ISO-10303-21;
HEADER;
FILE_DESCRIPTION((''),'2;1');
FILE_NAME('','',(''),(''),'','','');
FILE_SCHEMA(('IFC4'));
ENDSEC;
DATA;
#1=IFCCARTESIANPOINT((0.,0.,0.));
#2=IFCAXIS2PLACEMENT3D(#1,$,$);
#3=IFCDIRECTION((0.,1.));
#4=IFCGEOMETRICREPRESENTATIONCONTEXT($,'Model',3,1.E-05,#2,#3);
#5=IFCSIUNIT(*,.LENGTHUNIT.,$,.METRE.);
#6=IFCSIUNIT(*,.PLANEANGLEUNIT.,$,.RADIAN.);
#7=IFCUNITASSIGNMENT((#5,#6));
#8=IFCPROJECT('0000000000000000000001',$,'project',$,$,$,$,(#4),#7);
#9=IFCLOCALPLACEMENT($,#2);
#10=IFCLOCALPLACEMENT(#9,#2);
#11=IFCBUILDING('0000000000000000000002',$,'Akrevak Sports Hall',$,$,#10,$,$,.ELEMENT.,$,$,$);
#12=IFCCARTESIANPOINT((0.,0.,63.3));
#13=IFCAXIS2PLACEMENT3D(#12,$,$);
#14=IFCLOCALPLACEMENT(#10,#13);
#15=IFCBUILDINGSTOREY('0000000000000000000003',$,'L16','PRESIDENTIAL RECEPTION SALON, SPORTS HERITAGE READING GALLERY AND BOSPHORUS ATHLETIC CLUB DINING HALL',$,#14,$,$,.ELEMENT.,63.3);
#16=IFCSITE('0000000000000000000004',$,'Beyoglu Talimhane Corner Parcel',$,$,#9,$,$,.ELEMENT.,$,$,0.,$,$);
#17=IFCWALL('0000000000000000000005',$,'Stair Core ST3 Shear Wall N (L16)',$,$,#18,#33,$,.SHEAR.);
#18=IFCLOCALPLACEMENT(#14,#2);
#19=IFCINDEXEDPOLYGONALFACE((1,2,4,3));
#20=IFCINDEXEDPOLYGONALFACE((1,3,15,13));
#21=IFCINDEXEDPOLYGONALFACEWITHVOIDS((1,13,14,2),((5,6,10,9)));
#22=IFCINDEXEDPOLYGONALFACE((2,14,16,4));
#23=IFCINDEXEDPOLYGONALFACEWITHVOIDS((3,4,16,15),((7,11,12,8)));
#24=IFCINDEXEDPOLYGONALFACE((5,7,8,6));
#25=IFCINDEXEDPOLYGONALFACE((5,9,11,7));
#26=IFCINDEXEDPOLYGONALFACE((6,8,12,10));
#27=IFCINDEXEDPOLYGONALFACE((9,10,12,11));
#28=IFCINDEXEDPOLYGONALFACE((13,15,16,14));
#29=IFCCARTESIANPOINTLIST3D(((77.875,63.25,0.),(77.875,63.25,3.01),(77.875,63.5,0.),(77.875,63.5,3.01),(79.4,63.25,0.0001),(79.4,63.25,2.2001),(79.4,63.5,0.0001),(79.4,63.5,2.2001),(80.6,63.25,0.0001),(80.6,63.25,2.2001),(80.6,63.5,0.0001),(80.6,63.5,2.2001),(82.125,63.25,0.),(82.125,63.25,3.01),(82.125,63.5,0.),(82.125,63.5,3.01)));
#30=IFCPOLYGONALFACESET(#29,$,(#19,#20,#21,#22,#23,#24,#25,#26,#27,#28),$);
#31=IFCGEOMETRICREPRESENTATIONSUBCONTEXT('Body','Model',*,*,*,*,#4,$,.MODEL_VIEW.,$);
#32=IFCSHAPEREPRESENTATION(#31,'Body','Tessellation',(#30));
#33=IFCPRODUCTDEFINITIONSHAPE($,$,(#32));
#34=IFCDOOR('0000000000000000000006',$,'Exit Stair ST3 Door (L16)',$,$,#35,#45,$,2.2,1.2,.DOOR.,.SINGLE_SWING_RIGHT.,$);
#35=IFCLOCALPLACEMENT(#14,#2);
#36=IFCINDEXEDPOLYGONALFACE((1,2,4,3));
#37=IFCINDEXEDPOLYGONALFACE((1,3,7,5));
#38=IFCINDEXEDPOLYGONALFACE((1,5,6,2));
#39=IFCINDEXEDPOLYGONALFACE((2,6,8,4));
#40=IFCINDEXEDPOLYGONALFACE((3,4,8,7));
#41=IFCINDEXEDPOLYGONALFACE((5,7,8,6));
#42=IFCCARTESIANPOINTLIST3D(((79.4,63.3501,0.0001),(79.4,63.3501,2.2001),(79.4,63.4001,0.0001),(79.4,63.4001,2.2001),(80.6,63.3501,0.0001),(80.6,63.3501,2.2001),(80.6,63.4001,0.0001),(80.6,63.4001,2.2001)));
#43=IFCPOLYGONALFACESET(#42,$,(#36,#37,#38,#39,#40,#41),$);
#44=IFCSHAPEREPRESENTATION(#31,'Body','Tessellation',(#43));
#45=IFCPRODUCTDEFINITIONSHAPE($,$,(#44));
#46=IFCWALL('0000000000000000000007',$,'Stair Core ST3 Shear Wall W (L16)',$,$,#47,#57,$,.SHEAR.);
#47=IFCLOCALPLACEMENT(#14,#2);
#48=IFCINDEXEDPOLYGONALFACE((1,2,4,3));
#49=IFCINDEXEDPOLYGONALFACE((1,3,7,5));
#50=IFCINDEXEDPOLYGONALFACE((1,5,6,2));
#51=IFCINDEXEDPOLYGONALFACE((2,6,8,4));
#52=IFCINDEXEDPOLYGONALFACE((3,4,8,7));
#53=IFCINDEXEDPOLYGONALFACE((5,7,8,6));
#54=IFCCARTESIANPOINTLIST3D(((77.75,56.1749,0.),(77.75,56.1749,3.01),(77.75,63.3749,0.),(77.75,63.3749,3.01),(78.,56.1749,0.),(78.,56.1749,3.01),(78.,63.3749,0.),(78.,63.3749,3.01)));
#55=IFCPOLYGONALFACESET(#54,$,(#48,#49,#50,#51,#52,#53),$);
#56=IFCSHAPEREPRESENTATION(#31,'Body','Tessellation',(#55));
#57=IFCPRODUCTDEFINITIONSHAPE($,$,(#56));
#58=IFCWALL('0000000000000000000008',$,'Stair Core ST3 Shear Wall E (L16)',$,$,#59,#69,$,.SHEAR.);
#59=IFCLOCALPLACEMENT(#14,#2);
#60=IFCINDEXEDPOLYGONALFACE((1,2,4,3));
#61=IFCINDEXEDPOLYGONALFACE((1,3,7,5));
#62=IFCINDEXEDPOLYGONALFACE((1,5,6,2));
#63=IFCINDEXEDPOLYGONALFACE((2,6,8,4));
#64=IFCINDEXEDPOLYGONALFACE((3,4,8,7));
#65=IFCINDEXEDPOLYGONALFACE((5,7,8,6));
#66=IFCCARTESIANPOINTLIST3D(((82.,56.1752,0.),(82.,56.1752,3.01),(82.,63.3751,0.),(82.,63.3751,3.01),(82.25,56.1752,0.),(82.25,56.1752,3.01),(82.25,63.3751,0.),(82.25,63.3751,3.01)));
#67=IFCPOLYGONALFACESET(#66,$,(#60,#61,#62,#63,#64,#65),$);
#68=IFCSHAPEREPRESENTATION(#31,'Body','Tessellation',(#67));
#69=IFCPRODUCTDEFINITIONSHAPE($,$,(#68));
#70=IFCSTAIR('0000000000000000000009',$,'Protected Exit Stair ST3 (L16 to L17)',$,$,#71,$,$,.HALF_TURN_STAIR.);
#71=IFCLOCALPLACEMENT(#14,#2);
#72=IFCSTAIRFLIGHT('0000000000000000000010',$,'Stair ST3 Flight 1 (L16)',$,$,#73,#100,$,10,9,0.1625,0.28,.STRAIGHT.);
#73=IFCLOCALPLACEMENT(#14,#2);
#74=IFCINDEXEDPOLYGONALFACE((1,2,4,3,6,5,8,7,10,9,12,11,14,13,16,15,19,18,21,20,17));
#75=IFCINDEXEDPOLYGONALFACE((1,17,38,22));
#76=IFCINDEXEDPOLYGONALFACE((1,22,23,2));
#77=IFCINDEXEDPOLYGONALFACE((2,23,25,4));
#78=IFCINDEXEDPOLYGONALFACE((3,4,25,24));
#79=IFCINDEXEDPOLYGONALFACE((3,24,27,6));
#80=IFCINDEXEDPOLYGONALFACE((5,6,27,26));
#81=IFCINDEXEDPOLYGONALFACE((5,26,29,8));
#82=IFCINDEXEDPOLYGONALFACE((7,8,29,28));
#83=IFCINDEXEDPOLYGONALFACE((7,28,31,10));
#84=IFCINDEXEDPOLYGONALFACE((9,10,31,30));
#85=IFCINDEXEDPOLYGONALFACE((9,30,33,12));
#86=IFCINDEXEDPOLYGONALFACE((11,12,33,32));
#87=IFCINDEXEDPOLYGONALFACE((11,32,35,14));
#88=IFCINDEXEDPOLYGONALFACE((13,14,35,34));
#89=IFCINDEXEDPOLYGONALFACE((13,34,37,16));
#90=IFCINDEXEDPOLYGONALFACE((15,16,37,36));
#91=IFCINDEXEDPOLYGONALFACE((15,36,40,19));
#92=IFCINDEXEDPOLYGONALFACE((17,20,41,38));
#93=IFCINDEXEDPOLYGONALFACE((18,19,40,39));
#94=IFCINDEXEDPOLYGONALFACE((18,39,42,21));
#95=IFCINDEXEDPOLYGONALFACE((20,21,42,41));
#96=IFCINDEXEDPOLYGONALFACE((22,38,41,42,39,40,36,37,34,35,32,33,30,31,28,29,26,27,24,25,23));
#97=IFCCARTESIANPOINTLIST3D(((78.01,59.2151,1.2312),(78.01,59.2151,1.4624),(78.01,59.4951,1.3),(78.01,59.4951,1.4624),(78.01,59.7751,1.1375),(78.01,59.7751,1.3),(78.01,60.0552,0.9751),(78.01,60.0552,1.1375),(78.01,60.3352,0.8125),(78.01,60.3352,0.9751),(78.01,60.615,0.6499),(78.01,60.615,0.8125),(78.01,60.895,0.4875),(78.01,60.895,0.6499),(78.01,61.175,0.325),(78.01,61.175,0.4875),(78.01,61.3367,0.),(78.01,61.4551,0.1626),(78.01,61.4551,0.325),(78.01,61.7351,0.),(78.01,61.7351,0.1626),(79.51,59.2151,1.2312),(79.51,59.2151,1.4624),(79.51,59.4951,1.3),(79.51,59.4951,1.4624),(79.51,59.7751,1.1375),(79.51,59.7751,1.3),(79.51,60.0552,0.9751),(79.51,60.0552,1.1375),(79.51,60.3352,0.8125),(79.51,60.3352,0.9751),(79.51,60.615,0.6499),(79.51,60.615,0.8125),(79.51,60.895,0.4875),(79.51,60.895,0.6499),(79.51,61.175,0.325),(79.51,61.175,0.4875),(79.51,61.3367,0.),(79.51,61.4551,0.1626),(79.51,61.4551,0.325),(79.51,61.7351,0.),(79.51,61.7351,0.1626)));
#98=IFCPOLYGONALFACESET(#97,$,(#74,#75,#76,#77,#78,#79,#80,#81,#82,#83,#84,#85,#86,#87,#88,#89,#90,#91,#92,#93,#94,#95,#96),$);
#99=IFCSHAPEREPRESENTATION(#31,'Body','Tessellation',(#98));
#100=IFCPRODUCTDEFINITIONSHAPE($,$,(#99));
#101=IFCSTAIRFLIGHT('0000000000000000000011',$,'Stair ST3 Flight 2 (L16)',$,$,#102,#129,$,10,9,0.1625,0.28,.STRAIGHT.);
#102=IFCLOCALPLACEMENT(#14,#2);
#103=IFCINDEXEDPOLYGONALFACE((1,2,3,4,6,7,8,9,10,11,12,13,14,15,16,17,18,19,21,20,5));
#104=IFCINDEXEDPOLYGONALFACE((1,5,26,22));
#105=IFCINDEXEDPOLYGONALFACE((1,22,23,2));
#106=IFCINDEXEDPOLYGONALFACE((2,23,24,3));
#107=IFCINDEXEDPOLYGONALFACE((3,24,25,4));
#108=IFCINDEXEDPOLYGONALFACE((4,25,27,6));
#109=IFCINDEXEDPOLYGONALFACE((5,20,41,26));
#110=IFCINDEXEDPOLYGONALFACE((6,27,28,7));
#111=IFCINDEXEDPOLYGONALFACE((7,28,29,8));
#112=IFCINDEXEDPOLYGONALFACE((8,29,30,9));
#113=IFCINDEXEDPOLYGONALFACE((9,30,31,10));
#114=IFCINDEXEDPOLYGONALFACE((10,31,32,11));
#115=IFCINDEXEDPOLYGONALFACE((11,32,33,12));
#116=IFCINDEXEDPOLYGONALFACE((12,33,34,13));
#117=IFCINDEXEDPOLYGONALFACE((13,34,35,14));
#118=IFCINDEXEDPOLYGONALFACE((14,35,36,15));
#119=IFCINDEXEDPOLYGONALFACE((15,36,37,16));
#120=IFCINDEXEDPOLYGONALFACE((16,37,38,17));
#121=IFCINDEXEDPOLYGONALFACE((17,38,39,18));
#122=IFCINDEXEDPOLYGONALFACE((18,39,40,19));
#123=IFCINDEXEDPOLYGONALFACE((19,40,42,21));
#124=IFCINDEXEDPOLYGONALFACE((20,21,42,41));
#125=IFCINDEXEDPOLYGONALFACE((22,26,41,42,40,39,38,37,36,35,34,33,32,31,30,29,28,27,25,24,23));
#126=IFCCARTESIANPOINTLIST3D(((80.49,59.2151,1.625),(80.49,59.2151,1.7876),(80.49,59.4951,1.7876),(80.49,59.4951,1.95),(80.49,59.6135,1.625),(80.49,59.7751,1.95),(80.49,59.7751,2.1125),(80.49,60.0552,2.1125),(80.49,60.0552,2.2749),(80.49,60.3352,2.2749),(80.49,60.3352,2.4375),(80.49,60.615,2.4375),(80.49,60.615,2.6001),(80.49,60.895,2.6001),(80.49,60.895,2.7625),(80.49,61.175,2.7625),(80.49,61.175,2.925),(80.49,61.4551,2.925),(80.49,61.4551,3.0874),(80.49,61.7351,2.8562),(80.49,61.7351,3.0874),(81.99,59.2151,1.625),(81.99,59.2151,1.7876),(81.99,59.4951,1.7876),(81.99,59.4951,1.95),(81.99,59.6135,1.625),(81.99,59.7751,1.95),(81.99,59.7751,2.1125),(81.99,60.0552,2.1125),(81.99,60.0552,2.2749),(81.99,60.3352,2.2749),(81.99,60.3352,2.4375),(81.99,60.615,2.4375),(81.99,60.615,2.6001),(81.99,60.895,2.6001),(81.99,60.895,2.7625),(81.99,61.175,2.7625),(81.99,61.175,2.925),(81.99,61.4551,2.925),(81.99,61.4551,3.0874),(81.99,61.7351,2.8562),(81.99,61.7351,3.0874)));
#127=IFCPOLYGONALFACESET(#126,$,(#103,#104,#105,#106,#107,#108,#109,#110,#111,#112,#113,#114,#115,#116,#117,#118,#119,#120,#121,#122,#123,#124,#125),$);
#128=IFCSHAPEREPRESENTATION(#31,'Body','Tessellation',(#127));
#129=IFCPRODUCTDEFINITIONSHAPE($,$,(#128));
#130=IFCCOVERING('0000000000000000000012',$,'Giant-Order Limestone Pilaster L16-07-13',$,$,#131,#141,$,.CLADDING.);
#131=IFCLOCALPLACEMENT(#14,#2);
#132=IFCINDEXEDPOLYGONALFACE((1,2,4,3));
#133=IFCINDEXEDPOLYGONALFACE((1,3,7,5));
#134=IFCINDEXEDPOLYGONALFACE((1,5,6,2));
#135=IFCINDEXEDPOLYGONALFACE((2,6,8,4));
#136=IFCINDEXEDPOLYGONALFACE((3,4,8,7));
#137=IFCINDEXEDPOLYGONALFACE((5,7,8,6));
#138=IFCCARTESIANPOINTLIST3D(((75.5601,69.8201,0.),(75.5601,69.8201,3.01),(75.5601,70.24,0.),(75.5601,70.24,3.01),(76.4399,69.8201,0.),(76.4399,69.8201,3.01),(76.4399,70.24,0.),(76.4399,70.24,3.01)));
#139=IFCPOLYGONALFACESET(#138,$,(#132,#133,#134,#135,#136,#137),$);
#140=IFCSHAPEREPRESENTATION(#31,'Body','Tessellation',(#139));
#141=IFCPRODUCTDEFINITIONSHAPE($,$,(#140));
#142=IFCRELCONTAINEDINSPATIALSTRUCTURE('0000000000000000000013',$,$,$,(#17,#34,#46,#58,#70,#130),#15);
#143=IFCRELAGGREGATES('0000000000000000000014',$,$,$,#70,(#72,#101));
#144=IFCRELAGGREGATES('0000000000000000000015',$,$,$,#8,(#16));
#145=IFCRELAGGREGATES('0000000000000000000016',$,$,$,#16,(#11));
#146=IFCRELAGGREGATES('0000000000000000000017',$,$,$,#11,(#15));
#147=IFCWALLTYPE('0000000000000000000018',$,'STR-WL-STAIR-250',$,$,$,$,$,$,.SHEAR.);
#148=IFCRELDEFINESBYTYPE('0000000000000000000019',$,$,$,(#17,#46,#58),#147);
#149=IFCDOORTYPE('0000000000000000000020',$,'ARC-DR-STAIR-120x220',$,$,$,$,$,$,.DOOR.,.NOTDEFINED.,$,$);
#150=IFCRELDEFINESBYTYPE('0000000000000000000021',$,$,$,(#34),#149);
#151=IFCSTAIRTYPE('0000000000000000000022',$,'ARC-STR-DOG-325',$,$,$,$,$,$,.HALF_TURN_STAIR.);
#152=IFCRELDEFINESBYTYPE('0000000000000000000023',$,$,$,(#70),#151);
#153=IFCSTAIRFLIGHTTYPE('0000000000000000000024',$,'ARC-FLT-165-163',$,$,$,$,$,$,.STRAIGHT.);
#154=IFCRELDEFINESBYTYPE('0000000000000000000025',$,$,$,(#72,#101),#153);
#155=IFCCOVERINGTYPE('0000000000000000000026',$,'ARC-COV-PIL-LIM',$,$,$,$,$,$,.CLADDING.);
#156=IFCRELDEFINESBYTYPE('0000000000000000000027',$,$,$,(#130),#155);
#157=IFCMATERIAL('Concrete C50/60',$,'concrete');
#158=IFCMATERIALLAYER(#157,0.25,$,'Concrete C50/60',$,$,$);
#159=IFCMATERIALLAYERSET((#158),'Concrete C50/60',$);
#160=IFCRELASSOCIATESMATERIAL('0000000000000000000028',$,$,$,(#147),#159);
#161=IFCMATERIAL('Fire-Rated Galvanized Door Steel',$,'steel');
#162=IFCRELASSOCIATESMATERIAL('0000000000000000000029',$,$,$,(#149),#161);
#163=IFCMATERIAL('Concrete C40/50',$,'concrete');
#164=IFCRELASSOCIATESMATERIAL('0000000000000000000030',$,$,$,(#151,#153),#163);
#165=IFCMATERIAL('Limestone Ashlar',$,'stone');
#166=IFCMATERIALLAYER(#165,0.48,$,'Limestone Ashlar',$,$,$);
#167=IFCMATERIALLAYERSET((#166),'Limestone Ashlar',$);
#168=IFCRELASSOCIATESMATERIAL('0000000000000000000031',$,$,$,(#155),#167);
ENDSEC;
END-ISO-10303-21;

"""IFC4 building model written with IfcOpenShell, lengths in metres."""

from ifc_helpers import new_model, si_unit, direction, frame, frame_2d, origin, origin_2d, place, context, subcontext, project, spatial, polyline, rectangle, outline, extrude, material, layer, layer_set, type_object, element, fill, aggregate, save


model = new_model("IFC4")

# Units and contexts
model_context = context("Model", 3, precision=1e-05, world=origin(), true_north=direction((0.0, 1.0)))
body_context = subcontext(model_context, "Body", "Model", "MODEL_VIEW")
ifc_project = project(units=[si_unit("LENGTHUNIT", "METRE"), si_unit("PLANEANGLEUNIT", "RADIAN")], contexts=[model_context])

# Site, building, storey
site_placement = place(None, origin())
site = spatial("IfcSite", under=ifc_project, at=site_placement, Name="Beyoglu Talimhane Corner Parcel", CompositionType="ELEMENT", RefElevation=0.0)
building_placement = place(site_placement, origin())
building = spatial("IfcBuilding", under=site, at=building_placement, Name="Akrevak Sports Hall", CompositionType="ELEMENT")
storey_placement = place(building_placement, frame((0.0, 0.0, 63.3)))
storey = spatial("IfcBuildingStorey", under=building, at=storey_placement, Name="L16", Description="PRESIDENTIAL RECEPTION SALON, SPORTS HERITAGE READING GALLERY AND BOSPHORUS ATHLETIC CLUB DINING HALL", CompositionType="ELEMENT", Elevation=63.3)

# Shared definitions
ifc_material_1 = material(Name="Concrete C40/50", Category="concrete")

# Shared definitions
ifc_material_2 = material(Name="Fire-Rated Galvanized Door Steel", Category="steel")

# Shared definitions
ifc_material_3 = material(Name="Concrete C50/60", Category="concrete")
ifc_layer_1 = layer(ifc_material_3, 0.25, Name="Concrete C50/60")
ifc_layer_set_1 = layer_set([ifc_layer_1], Name="Concrete C50/60")
wall_type_1 = type_object("IfcWallType", Name="STR-WL-STAIR-250", PredefinedType="SHEAR", material=ifc_layer_set_1)

# Wall, opening, door
wall_1_placement = place(storey_placement, frame((82.125, 63.375, 0.0), z_axis=(0.0, 0.0, 1.0), x_axis=(-1.0, 0.0, 0.0)))
wall_1 = element("IfcWall", 1, at=wall_1_placement, inside=storey, type_object=wall_type_1, Name="Stair Core ST3 Shear Wall N (L16)", PredefinedType="SHEAR", context=body_context, shape_type="SweptSolid", body=[
    extrude(rectangle(XDim=4.25, YDim=0.25, at=frame_2d((2.125, 0.0))), origin(), (0.0, 0.0, 1.0), 3.01),
])
opening_1_placement = place(wall_1_placement, frame((1.5249, 0.0, 0.0)))
opening_1 = element("IfcOpeningElement", 2, at=opening_1_placement, cuts=wall_1, PredefinedType="OPENING", context=body_context, shape_type="SweptSolid", body=[
    extrude(rectangle(XDim=1.2, YDim=2.2, at=frame_2d((0.6001, 1.1001))), frame((0.0, 0.137, 0.0), z_axis=(0.0, -1.0, 0.0), x_axis=(1.0, 0.0, 0.0)), (0.0, 0.0, 1.0), 0.2739),
])
door_type_1 = type_object("IfcDoorType", Name="ARC-DR-STAIR-120x220", OperationType="NOTDEFINED", PredefinedType="DOOR", material=ifc_material_2)
door_1_placement = place(opening_1_placement, origin())
door_1 = element("IfcDoor", 3, at=door_1_placement, inside=storey, type_object=door_type_1, Name="Exit Stair ST3 Door (L16)", OperationType="SINGLE_SWING_RIGHT", OverallHeight=2.2, OverallWidth=1.2, PredefinedType="DOOR", context=body_context, shape_type="SweptSolid", body=[
    extrude(rectangle(XDim=1.2, YDim=2.2, at=frame_2d((0.6001, 1.1001))), frame((0.0, 0.0249, 0.0), z_axis=(0.0, -1.0, 0.0), x_axis=(1.0, 0.0, 0.0)), (0.0, 0.0, 1.0), 0.05),
])
fill(opening_1, door_1)

# Walls
for number, where, z_axis, x_axis, name in (
    (4, (77.875, 63.375, 0.0), (0.0, 0.0, 1.0), (0.0, -1.0, 0.0), "Stair Core ST3 Shear Wall W (L16)"),
    (5, (82.125, 56.175, 0.0), (0.0, 0.0, 1.0), (0.0, 1.0, 0.0), "Stair Core ST3 Shear Wall E (L16)"),
):
    element("IfcWall", number, at=place(storey_placement, frame(where, z_axis=z_axis, x_axis=x_axis)), inside=storey, type_object=wall_type_1, Name=name, PredefinedType="SHEAR", context=body_context, shape_type="SweptSolid", body=[
        extrude(rectangle(XDim=7.2, YDim=0.25, at=frame_2d((3.6001, 0.0))), origin(), (0.0, 0.0, 1.0), 3.01),
    ])

# Stair, stair flights
stair_type = type_object("IfcStairType", Name="ARC-STR-DOG-325", PredefinedType="HALF_TURN_STAIR", material=ifc_material_1)
stair_placement = place(storey_placement, origin())
stair = element("IfcStair", 6, at=stair_placement, inside=storey, type_object=stair_type, Name="Protected Exit Stair ST3 (L16 to L17)", PredefinedType="HALF_TURN_STAIR")
stair_flight_type = type_object("IfcStairFlightType", Name="ARC-FLT-165-163", PredefinedType="STRAIGHT", material=ifc_material_1)
stair_flight_1_placement = place(storey_placement, frame((78.76, 61.7351, 0.0), z_axis=(0.0, 0.0, 1.0), x_axis=(0.0, -1.0, 0.0)))
stair_flight_1 = element("IfcStairFlight", 7, at=stair_flight_1_placement, type_object=stair_flight_type, Name="Stair ST3 Flight 1 (L16)", NumberOfRisers=10, NumberOfTreads=9, PredefinedType="STRAIGHT", RiserHeight=0.1625, TreadLength=0.28, context=body_context, shape_type="SweptSolid", body=[
    extrude(outline(polyline([(0.0, 0.0), (0.0, 0.1626), (0.28, 0.1626), (0.28, 0.325), (0.5601, 0.325), (0.5601, 0.4875), (0.8401, 0.4875), (0.8401, 0.6499), (1.1201, 0.6499), (1.1201, 0.8125), (1.3999, 0.8125), (1.3999, 0.9751), (1.6799, 0.9751), (1.6799, 1.1375), (1.96, 1.1375), (1.96, 1.3), (2.24, 1.3), (2.24, 1.4624), (2.52, 1.4624), (2.52, 1.625), (2.52, 1.2312), (0.3984, 0.0), (0.0, 0.0)])), frame((0.0, 0.75, 0.0), z_axis=(0.0, -1.0, 0.0), x_axis=(1.0, 0.0, 0.0)), (0.0, 0.0, 1.0), 1.5),
])
stair_flight_2_placement = place(storey_placement, frame((81.24, 59.2151, 1.625), z_axis=(0.0, 0.0, 1.0), x_axis=(0.0, 1.0, 0.0)))
stair_flight_2 = element("IfcStairFlight", 8, at=stair_flight_2_placement, type_object=stair_flight_type, Name="Stair ST3 Flight 2 (L16)", NumberOfRisers=10, NumberOfTreads=9, PredefinedType="STRAIGHT", RiserHeight=0.1625, TreadLength=0.28, context=body_context, shape_type="SweptSolid", body=[
    extrude(outline(polyline([(0.0, 0.0), (0.0, 0.1626), (0.28, 0.1626), (0.28, 0.325), (0.5601, 0.325), (0.5601, 0.4875), (0.8401, 0.4875), (0.8401, 0.6499), (1.1201, 0.6499), (1.1201, 0.8125), (1.3999, 0.8125), (1.3999, 0.9751), (1.6799, 0.9751), (1.6799, 1.1375), (1.96, 1.1375), (1.96, 1.3), (2.24, 1.3), (2.24, 1.4624), (2.52, 1.4624), (2.52, 1.625), (2.52, 1.2312), (0.3984, 0.0), (0.0, 0.0)])), frame((0.0, 0.75, 0.0), z_axis=(0.0, -1.0, 0.0), x_axis=(1.0, 0.0, 0.0)), (0.0, 0.0, 1.0), 1.5),
])
aggregate(stair, [stair_flight_1, stair_flight_2])

# Covering
ifc_material_4 = material(Name="Limestone Ashlar", Category="stone")
ifc_layer_2 = layer(ifc_material_4, 0.48, Name="Limestone Ashlar")
ifc_layer_set_2 = layer_set([ifc_layer_2], Name="Limestone Ashlar")
covering_type = type_object("IfcCoveringType", Name="ARC-COV-PIL-LIM", PredefinedType="CLADDING", material=ifc_layer_set_2)
covering_placement = place(storey_placement, frame((76.0, 70.03, 0.0), z_axis=(0.0, 0.0, 1.0), x_axis=(-1.0, 0.0, 0.0)))
element("IfcCovering", 9, at=covering_placement, inside=storey, type_object=covering_type, Name="Giant-Order Limestone Pilaster L16-07-13", PredefinedType="CLADDING", context=body_context, shape_type="SweptSolid", body=[
    extrude(rectangle(XDim=0.8799, YDim=0.4199, at=origin_2d()), origin(), (0.0, 0.0, 1.0), 3.01),
])

save(model, "model.ifc")
